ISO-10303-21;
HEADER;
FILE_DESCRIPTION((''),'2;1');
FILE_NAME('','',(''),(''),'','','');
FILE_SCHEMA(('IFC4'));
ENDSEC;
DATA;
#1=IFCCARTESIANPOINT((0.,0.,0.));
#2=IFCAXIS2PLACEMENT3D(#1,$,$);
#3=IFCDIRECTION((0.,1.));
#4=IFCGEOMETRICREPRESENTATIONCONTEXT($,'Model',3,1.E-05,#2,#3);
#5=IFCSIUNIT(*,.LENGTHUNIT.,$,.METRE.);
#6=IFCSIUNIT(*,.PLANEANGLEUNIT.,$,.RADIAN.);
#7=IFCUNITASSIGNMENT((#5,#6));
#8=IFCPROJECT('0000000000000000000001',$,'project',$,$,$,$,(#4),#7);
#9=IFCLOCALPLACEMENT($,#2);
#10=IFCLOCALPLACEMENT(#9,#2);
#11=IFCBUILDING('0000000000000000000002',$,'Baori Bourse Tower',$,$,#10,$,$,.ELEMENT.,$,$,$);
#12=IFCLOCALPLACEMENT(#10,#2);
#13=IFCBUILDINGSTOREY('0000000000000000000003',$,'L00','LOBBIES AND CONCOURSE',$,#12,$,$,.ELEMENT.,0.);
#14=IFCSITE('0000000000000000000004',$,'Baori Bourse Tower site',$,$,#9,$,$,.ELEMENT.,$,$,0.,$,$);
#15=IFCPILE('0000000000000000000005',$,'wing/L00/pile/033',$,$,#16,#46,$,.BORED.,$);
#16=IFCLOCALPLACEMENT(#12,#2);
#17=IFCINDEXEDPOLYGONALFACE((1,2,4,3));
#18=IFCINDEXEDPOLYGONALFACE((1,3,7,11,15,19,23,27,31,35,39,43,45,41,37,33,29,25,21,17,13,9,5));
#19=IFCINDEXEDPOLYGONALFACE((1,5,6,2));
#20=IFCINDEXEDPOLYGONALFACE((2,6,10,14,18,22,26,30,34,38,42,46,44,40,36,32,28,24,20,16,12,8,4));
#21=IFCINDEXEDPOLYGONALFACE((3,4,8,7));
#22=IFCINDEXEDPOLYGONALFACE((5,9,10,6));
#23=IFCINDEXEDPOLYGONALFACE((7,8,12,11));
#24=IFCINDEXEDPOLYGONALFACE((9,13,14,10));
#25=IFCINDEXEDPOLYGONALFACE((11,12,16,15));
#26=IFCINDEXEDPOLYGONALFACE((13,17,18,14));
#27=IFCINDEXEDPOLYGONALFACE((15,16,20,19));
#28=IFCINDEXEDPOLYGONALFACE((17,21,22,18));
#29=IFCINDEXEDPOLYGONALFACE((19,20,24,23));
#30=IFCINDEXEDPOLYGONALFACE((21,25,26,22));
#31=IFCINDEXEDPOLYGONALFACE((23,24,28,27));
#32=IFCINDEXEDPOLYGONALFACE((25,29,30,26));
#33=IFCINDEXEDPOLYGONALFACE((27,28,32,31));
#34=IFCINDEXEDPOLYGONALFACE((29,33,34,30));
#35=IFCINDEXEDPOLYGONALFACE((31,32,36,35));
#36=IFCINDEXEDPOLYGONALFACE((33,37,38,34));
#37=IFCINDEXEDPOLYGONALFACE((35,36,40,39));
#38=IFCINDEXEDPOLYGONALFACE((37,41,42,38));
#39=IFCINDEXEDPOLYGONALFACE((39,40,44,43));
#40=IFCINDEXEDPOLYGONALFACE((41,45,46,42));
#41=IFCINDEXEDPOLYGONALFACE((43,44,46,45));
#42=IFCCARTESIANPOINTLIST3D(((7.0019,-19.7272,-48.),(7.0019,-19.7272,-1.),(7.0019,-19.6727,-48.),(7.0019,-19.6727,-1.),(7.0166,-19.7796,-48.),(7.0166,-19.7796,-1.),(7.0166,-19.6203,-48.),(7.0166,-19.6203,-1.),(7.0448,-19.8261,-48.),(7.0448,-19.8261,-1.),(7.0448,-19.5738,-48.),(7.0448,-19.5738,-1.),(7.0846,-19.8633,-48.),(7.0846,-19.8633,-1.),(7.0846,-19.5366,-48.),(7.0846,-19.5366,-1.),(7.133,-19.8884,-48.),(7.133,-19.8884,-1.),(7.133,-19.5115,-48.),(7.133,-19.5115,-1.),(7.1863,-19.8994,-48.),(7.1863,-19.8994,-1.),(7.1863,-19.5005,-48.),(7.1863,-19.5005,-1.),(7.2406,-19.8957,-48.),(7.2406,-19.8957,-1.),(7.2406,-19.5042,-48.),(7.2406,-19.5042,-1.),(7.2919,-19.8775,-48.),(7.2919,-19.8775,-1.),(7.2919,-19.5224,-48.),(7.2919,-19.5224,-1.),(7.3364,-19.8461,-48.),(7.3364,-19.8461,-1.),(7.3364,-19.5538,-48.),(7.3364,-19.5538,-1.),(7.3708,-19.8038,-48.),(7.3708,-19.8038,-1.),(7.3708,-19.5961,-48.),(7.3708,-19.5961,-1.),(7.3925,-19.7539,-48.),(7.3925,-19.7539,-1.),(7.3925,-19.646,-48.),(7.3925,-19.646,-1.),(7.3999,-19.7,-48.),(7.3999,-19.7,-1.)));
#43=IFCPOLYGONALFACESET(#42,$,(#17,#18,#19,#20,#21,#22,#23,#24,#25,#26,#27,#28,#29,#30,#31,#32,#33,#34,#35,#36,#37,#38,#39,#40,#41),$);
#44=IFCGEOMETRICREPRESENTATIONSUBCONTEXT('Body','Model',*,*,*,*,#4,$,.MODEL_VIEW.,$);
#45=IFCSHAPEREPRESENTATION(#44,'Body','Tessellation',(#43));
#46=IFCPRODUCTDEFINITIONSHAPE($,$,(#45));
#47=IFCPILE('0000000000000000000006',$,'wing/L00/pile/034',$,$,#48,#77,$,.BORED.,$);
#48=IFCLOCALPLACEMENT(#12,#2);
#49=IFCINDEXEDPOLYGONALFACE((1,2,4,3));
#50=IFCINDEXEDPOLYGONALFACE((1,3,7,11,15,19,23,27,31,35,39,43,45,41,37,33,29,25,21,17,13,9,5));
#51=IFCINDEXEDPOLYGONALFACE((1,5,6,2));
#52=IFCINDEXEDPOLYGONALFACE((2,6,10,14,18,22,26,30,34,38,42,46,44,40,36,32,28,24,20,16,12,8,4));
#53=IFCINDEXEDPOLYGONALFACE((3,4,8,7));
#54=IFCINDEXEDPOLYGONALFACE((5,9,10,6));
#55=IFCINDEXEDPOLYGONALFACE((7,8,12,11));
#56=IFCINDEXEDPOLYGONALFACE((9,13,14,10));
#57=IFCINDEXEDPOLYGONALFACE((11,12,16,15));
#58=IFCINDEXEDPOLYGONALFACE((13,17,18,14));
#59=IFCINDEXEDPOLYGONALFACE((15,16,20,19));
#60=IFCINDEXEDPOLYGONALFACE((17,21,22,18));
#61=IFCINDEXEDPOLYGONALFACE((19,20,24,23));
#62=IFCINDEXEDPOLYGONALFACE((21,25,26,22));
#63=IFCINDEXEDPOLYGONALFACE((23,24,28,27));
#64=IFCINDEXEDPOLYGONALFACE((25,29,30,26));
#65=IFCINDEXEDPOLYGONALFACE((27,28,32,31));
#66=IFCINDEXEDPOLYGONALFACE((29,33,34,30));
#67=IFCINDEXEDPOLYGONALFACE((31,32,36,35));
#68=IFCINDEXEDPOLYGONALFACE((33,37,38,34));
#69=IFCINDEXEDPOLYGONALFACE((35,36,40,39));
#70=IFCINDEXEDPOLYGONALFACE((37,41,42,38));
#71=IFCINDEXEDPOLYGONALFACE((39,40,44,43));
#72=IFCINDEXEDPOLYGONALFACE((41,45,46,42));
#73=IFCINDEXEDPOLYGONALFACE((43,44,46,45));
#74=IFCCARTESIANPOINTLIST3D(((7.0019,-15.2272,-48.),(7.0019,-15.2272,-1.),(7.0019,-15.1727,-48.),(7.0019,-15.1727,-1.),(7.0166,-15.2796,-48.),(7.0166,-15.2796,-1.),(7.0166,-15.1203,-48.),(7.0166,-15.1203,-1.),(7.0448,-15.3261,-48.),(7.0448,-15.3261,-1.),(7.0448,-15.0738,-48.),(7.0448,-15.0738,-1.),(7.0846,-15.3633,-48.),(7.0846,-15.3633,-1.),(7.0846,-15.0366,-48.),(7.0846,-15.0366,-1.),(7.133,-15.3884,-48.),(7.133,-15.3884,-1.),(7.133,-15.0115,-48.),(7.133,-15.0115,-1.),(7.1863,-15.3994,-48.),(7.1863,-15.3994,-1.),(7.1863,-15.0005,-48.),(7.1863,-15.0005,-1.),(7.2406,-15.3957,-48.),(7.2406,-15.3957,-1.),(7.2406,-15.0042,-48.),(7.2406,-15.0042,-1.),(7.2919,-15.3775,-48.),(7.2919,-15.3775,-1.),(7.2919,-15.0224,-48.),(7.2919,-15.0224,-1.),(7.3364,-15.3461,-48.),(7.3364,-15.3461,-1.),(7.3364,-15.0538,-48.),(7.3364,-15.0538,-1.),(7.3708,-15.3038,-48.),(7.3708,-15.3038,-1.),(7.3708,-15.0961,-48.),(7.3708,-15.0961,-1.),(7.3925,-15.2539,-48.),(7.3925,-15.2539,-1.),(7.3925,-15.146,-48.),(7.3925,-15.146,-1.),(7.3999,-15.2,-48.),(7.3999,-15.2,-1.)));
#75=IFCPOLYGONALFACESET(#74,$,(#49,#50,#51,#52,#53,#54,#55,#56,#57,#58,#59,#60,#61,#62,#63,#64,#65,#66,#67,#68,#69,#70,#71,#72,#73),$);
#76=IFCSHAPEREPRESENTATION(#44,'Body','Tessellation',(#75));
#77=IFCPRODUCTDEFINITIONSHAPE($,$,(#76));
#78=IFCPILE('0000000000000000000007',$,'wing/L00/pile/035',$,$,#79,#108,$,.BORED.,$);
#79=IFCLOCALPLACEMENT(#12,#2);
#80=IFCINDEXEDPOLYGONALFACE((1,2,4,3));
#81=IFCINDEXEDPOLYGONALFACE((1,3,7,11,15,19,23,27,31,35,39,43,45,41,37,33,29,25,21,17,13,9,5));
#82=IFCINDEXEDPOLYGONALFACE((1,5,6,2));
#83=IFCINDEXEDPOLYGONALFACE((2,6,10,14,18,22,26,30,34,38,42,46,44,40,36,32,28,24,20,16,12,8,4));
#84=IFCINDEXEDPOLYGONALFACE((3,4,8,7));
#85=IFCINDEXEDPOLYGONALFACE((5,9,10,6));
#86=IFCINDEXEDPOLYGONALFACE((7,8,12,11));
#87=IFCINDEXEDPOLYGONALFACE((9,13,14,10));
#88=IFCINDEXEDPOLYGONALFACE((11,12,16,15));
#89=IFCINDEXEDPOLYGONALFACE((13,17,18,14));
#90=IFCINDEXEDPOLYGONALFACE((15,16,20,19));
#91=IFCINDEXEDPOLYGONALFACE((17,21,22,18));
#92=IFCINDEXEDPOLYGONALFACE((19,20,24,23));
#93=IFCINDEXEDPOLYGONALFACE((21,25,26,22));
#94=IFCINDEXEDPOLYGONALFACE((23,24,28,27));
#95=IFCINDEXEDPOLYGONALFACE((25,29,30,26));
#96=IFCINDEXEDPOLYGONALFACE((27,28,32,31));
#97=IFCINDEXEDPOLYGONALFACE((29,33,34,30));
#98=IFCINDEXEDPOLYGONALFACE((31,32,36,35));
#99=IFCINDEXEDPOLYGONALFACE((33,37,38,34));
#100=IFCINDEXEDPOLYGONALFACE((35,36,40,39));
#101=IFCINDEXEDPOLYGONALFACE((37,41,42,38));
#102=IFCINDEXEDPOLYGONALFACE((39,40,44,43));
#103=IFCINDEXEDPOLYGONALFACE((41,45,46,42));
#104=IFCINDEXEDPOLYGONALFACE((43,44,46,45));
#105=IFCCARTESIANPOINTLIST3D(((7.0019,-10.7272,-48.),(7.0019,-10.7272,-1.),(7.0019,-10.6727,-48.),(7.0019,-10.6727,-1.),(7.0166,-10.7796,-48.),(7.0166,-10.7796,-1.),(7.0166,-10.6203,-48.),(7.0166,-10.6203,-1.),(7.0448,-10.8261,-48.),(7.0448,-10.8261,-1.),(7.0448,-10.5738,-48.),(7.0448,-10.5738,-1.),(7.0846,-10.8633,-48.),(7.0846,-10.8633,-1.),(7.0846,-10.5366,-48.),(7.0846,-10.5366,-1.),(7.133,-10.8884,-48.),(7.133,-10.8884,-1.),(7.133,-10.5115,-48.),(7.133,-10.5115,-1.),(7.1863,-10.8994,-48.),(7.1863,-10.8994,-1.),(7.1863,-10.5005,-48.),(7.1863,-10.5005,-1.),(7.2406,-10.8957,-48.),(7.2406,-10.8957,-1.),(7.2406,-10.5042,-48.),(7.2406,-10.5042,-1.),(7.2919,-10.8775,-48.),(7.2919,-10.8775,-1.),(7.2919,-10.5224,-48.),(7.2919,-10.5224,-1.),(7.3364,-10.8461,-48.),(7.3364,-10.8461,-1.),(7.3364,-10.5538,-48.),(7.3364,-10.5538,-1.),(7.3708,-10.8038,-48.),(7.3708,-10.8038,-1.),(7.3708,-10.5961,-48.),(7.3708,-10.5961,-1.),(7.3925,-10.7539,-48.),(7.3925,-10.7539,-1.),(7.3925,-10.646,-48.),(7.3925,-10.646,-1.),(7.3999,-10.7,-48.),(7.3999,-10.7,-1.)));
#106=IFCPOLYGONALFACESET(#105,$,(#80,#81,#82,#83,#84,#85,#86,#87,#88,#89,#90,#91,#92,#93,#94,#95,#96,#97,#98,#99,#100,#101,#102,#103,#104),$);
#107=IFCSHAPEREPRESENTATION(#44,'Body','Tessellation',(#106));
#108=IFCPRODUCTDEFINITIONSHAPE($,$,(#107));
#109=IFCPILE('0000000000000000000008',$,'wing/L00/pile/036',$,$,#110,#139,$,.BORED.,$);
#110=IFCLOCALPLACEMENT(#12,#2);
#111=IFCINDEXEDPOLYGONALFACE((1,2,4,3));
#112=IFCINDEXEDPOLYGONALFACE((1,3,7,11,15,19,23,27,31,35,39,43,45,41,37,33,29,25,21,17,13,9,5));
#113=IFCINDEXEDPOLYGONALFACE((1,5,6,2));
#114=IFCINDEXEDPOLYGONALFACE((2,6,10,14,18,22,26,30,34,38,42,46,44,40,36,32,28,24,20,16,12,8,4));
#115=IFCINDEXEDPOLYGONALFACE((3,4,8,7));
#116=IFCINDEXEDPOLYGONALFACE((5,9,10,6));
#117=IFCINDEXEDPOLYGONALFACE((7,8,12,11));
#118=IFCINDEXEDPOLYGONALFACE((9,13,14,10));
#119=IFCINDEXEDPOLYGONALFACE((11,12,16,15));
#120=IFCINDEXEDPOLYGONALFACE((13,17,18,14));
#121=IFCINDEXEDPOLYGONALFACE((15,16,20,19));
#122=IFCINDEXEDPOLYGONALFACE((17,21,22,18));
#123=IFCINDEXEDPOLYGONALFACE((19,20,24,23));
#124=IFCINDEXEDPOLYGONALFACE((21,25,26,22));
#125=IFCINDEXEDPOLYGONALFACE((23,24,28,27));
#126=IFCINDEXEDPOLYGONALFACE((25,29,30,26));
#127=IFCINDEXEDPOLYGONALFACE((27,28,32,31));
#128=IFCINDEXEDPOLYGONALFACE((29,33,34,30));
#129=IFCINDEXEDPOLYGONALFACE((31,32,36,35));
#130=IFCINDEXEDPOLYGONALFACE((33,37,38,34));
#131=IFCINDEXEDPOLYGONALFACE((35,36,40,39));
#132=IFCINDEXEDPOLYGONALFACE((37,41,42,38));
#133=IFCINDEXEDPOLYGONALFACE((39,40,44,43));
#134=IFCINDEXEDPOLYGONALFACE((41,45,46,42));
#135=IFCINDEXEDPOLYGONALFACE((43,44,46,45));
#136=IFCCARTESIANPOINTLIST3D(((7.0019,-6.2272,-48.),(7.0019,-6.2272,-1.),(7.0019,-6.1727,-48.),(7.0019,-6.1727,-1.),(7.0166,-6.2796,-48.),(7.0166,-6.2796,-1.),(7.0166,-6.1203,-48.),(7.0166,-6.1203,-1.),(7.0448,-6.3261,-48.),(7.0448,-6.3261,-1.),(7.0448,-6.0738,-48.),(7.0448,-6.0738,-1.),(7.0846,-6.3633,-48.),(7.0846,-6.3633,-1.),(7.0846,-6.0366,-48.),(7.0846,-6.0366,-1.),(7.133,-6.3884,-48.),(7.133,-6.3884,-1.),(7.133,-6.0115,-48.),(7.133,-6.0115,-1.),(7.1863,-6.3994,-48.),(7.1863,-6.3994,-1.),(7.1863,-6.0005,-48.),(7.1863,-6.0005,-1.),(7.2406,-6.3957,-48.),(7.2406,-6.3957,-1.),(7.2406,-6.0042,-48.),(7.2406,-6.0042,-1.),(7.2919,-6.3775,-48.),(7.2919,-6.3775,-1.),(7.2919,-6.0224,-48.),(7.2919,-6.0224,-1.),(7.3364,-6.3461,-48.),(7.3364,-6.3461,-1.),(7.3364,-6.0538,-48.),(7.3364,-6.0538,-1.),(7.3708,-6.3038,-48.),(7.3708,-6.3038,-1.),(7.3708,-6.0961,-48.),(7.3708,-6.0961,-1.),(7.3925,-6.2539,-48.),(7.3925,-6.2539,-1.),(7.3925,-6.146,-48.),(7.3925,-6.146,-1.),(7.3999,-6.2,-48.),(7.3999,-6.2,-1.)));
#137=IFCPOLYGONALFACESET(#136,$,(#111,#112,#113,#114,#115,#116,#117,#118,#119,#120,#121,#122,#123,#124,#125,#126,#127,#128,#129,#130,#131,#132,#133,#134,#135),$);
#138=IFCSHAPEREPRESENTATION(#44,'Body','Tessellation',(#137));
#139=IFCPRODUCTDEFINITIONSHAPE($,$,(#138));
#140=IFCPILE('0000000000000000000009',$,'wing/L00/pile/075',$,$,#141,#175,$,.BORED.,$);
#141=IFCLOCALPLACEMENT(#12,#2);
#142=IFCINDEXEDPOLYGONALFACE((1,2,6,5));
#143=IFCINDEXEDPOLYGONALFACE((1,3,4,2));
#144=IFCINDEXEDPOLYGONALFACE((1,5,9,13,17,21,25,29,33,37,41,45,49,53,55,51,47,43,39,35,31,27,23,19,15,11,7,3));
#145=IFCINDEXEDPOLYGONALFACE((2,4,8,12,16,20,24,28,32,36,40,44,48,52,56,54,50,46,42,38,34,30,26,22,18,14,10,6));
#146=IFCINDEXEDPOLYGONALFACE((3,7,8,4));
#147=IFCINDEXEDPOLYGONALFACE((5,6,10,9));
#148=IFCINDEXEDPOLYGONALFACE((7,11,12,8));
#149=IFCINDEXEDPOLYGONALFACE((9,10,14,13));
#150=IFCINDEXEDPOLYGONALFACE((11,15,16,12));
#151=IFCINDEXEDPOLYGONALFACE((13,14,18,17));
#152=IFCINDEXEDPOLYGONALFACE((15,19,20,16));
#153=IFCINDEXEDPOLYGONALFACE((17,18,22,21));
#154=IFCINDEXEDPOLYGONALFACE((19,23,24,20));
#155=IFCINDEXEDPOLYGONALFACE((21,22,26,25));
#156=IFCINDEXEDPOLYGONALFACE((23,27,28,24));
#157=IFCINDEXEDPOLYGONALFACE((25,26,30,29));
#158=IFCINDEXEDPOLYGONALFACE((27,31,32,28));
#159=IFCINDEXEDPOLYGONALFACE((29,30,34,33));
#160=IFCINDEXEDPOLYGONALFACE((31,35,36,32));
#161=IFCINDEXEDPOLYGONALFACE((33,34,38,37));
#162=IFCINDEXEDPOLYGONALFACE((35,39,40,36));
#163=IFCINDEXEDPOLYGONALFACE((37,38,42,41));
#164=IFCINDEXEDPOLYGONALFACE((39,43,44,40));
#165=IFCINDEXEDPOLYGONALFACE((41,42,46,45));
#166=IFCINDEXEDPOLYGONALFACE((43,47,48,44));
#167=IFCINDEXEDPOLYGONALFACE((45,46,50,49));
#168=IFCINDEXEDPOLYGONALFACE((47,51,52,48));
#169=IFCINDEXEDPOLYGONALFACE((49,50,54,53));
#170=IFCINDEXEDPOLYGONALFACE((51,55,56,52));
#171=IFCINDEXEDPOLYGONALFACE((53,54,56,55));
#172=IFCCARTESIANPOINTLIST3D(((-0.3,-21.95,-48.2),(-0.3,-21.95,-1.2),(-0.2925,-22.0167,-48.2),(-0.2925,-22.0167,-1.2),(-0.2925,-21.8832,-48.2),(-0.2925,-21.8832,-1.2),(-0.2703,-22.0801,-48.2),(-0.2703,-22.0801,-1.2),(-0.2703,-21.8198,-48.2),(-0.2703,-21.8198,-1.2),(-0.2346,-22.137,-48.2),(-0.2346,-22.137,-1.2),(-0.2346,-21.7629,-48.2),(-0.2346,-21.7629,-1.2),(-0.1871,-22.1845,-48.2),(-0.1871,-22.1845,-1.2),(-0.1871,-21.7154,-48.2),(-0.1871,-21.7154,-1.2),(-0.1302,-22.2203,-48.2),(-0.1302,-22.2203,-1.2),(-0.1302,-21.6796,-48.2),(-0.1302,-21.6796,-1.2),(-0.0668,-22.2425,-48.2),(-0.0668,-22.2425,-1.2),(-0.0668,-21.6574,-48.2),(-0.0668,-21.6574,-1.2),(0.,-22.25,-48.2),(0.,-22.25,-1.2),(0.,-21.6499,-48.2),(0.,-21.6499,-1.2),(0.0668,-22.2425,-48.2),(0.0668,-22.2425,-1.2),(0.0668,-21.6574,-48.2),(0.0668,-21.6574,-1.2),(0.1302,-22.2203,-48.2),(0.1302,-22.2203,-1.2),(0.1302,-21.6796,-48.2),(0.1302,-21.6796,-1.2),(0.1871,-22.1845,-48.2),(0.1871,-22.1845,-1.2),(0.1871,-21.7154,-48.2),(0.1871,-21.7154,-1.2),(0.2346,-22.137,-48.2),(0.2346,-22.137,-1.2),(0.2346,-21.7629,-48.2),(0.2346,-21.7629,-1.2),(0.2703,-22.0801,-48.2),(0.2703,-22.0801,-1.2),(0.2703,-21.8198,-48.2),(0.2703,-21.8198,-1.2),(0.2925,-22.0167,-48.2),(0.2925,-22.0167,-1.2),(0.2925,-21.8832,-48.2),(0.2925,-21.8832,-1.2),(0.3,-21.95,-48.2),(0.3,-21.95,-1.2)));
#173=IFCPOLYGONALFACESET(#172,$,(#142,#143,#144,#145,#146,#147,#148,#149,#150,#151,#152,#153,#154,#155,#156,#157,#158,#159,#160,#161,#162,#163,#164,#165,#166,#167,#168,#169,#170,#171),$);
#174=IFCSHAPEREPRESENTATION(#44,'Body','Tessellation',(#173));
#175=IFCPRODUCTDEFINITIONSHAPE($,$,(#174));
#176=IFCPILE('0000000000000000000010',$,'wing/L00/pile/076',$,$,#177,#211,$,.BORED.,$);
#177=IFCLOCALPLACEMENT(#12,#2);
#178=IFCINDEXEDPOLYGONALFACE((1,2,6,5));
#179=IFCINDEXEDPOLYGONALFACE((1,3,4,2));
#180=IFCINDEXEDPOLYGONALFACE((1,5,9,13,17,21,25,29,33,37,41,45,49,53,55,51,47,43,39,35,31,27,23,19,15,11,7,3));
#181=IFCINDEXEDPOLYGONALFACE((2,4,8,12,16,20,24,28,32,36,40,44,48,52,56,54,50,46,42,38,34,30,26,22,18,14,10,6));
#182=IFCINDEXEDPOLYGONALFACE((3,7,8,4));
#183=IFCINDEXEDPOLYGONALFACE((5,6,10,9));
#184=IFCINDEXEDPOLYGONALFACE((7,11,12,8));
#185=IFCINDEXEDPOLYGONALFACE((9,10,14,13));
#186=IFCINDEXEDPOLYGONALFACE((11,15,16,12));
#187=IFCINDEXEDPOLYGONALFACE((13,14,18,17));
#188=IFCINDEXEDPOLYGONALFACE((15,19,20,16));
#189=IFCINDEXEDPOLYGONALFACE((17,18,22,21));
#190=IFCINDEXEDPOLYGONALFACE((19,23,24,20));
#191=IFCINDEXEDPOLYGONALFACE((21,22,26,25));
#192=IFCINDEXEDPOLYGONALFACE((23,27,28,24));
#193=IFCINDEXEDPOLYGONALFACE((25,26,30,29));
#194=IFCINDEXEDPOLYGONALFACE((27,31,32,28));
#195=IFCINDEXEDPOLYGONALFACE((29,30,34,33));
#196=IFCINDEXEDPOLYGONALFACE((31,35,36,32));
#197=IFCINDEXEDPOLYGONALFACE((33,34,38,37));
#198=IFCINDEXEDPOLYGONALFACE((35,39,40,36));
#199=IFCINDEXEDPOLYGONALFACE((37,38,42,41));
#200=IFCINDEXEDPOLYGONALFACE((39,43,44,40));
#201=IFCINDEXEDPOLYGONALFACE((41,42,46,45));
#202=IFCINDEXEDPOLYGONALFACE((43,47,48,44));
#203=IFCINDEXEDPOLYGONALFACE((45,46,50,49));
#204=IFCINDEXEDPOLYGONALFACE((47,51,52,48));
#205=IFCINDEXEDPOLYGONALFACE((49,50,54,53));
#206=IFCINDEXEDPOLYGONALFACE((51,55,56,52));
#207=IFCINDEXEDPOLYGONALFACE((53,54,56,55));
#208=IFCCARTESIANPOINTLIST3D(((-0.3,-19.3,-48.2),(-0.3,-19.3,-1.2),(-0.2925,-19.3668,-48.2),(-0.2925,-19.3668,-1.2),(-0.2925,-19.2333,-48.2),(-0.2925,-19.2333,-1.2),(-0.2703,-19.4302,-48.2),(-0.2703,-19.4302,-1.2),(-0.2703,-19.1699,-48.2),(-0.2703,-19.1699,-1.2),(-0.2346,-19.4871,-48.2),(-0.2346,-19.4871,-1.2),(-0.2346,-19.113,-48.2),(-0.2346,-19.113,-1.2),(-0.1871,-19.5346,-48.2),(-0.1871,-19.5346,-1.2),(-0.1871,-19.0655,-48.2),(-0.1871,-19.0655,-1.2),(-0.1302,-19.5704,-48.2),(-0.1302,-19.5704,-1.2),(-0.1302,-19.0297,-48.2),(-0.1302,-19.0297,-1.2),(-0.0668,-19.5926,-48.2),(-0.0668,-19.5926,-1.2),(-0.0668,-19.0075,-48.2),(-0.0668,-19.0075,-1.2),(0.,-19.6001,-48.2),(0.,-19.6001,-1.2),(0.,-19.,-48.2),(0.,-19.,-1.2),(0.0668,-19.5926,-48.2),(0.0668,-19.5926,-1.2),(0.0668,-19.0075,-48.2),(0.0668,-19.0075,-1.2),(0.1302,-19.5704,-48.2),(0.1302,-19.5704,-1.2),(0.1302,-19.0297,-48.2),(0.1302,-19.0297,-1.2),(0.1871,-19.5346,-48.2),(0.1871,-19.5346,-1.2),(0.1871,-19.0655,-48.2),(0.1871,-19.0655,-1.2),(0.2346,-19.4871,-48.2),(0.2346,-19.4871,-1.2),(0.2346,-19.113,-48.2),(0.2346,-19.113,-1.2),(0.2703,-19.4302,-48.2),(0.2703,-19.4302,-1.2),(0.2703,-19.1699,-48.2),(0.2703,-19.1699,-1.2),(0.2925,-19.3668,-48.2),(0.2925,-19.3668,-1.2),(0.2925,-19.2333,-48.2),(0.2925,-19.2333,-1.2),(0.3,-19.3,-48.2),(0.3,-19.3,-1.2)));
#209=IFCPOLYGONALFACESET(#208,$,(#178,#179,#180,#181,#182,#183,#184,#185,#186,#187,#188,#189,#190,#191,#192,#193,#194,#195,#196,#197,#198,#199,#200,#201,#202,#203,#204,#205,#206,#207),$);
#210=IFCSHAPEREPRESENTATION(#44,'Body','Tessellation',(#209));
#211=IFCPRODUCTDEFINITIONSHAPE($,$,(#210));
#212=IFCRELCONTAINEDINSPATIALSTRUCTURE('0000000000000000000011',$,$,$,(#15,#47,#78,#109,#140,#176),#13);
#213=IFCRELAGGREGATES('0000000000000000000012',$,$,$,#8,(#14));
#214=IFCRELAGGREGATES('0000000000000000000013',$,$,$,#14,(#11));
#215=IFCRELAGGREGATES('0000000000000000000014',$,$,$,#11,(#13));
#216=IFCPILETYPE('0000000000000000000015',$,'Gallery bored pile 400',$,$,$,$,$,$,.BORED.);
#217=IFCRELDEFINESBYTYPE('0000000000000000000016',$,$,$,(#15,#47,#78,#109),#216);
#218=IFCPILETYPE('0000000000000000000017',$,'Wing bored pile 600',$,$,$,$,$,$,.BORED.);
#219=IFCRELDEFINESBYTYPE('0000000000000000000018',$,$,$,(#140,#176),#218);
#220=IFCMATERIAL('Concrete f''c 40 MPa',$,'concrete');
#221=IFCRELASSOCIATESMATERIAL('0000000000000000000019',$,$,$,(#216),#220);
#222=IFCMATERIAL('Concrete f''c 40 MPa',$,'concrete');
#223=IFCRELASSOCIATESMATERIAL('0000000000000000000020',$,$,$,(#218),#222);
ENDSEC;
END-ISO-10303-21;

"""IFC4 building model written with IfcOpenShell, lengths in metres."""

from ifc_helpers import new_model, si_unit, direction, frame, origin, origin_2d, place, context, subcontext, project, spatial, circle, extrude, material, material_profile, profile_set, type_object, element, save


model = new_model("IFC4")

# Units and contexts
model_context = context("Model", 3, precision=1e-05, world=origin(), true_north=direction((0.0, 1.0)))
body_context = subcontext(model_context, "Body", "Model", "MODEL_VIEW")
ifc_project = project(units=[si_unit("LENGTHUNIT", "METRE"), si_unit("PLANEANGLEUNIT", "RADIAN")], contexts=[model_context])

# Site, building, storey
site_placement = place(None, origin())
site = spatial("IfcSite", under=ifc_project, at=site_placement, Name="Baori Bourse Tower site", CompositionType="ELEMENT", RefElevation=0.0)
building_placement = place(site_placement, origin())
building = spatial("IfcBuilding", under=site, at=building_placement, Name="Baori Bourse Tower", CompositionType="ELEMENT")
storey_placement = place(building_placement, origin())
storey = spatial("IfcBuildingStorey", under=building, at=storey_placement, Name="L00", Description="LOBBIES AND CONCOURSE", CompositionType="ELEMENT", Elevation=0.0)

# Piles
ifc_material_1 = material(Name="Concrete f'c 40 MPa", Category="concrete")
ifc_material_profile_1 = material_profile(ifc_material_1, circle(Radius=0.2, at=origin_2d()), Name="Gallery bored pile 400")
ifc_profile_set_1 = profile_set([ifc_material_profile_1], Name="Concrete f'c 40 MPa")
pile_type_1 = type_object("IfcPileType", Name="Gallery bored pile 400", PredefinedType="BORED", material=ifc_profile_set_1)
for number, where, z_axis, x_axis, name in (
    (1, (7.2, -19.7, -1.0), (0.0, 0.0, -1.0), (1.0, 0.0, 0.0), "wing/L00/pile/033"),
    (2, (7.2, -15.2, -1.0), (0.0, 0.0, -1.0), (1.0, 0.0, 0.0), "wing/L00/pile/034"),
    (3, (7.2, -10.7, -1.0), (0.0, 0.0, -1.0), (1.0, 0.0, 0.0), "wing/L00/pile/035"),
    (4, (7.2, -6.2, -1.0), (0.0, 0.0, -1.0), (1.0, 0.0, 0.0), "wing/L00/pile/036"),
):
    element("IfcPile", number, at=place(storey_placement, frame(where, z_axis=z_axis, x_axis=x_axis)), inside=storey, type_object=pile_type_1, Name=name, PredefinedType="BORED", context=body_context, shape_type="SweptSolid", body=[
        extrude(circle(Radius=0.2, at=origin_2d()), origin(), (0.0, 0.0, 1.0), 47.0),
    ])
ifc_material_2 = material(Name="Concrete f'c 40 MPa", Category="concrete")
ifc_material_profile_2 = material_profile(ifc_material_2, circle(Radius=0.3, at=origin_2d()), Name="Wing bored pile 600")
ifc_profile_set_2 = profile_set([ifc_material_profile_2], Name="Concrete f'c 40 MPa")
pile_type_2 = type_object("IfcPileType", Name="Wing bored pile 600", PredefinedType="BORED", material=ifc_profile_set_2)
for number, where, z_axis, x_axis, name in (
    (5, (0.0, -21.95, -1.2), (0.0, 0.0, -1.0), (1.0, 0.0, 0.0), "wing/L00/pile/075"),
    (6, (0.0, -19.3, -1.2), (0.0, 0.0, -1.0), (1.0, 0.0, 0.0), "wing/L00/pile/076"),
):
    element("IfcPile", number, at=place(storey_placement, frame(where, z_axis=z_axis, x_axis=x_axis)), inside=storey, type_object=pile_type_2, Name=name, PredefinedType="BORED", context=body_context, shape_type="SweptSolid", body=[
        extrude(circle(Radius=0.3, at=origin_2d()), origin(), (0.0, 0.0, 1.0), 47.0),
    ])

save(model, "model.ifc")
